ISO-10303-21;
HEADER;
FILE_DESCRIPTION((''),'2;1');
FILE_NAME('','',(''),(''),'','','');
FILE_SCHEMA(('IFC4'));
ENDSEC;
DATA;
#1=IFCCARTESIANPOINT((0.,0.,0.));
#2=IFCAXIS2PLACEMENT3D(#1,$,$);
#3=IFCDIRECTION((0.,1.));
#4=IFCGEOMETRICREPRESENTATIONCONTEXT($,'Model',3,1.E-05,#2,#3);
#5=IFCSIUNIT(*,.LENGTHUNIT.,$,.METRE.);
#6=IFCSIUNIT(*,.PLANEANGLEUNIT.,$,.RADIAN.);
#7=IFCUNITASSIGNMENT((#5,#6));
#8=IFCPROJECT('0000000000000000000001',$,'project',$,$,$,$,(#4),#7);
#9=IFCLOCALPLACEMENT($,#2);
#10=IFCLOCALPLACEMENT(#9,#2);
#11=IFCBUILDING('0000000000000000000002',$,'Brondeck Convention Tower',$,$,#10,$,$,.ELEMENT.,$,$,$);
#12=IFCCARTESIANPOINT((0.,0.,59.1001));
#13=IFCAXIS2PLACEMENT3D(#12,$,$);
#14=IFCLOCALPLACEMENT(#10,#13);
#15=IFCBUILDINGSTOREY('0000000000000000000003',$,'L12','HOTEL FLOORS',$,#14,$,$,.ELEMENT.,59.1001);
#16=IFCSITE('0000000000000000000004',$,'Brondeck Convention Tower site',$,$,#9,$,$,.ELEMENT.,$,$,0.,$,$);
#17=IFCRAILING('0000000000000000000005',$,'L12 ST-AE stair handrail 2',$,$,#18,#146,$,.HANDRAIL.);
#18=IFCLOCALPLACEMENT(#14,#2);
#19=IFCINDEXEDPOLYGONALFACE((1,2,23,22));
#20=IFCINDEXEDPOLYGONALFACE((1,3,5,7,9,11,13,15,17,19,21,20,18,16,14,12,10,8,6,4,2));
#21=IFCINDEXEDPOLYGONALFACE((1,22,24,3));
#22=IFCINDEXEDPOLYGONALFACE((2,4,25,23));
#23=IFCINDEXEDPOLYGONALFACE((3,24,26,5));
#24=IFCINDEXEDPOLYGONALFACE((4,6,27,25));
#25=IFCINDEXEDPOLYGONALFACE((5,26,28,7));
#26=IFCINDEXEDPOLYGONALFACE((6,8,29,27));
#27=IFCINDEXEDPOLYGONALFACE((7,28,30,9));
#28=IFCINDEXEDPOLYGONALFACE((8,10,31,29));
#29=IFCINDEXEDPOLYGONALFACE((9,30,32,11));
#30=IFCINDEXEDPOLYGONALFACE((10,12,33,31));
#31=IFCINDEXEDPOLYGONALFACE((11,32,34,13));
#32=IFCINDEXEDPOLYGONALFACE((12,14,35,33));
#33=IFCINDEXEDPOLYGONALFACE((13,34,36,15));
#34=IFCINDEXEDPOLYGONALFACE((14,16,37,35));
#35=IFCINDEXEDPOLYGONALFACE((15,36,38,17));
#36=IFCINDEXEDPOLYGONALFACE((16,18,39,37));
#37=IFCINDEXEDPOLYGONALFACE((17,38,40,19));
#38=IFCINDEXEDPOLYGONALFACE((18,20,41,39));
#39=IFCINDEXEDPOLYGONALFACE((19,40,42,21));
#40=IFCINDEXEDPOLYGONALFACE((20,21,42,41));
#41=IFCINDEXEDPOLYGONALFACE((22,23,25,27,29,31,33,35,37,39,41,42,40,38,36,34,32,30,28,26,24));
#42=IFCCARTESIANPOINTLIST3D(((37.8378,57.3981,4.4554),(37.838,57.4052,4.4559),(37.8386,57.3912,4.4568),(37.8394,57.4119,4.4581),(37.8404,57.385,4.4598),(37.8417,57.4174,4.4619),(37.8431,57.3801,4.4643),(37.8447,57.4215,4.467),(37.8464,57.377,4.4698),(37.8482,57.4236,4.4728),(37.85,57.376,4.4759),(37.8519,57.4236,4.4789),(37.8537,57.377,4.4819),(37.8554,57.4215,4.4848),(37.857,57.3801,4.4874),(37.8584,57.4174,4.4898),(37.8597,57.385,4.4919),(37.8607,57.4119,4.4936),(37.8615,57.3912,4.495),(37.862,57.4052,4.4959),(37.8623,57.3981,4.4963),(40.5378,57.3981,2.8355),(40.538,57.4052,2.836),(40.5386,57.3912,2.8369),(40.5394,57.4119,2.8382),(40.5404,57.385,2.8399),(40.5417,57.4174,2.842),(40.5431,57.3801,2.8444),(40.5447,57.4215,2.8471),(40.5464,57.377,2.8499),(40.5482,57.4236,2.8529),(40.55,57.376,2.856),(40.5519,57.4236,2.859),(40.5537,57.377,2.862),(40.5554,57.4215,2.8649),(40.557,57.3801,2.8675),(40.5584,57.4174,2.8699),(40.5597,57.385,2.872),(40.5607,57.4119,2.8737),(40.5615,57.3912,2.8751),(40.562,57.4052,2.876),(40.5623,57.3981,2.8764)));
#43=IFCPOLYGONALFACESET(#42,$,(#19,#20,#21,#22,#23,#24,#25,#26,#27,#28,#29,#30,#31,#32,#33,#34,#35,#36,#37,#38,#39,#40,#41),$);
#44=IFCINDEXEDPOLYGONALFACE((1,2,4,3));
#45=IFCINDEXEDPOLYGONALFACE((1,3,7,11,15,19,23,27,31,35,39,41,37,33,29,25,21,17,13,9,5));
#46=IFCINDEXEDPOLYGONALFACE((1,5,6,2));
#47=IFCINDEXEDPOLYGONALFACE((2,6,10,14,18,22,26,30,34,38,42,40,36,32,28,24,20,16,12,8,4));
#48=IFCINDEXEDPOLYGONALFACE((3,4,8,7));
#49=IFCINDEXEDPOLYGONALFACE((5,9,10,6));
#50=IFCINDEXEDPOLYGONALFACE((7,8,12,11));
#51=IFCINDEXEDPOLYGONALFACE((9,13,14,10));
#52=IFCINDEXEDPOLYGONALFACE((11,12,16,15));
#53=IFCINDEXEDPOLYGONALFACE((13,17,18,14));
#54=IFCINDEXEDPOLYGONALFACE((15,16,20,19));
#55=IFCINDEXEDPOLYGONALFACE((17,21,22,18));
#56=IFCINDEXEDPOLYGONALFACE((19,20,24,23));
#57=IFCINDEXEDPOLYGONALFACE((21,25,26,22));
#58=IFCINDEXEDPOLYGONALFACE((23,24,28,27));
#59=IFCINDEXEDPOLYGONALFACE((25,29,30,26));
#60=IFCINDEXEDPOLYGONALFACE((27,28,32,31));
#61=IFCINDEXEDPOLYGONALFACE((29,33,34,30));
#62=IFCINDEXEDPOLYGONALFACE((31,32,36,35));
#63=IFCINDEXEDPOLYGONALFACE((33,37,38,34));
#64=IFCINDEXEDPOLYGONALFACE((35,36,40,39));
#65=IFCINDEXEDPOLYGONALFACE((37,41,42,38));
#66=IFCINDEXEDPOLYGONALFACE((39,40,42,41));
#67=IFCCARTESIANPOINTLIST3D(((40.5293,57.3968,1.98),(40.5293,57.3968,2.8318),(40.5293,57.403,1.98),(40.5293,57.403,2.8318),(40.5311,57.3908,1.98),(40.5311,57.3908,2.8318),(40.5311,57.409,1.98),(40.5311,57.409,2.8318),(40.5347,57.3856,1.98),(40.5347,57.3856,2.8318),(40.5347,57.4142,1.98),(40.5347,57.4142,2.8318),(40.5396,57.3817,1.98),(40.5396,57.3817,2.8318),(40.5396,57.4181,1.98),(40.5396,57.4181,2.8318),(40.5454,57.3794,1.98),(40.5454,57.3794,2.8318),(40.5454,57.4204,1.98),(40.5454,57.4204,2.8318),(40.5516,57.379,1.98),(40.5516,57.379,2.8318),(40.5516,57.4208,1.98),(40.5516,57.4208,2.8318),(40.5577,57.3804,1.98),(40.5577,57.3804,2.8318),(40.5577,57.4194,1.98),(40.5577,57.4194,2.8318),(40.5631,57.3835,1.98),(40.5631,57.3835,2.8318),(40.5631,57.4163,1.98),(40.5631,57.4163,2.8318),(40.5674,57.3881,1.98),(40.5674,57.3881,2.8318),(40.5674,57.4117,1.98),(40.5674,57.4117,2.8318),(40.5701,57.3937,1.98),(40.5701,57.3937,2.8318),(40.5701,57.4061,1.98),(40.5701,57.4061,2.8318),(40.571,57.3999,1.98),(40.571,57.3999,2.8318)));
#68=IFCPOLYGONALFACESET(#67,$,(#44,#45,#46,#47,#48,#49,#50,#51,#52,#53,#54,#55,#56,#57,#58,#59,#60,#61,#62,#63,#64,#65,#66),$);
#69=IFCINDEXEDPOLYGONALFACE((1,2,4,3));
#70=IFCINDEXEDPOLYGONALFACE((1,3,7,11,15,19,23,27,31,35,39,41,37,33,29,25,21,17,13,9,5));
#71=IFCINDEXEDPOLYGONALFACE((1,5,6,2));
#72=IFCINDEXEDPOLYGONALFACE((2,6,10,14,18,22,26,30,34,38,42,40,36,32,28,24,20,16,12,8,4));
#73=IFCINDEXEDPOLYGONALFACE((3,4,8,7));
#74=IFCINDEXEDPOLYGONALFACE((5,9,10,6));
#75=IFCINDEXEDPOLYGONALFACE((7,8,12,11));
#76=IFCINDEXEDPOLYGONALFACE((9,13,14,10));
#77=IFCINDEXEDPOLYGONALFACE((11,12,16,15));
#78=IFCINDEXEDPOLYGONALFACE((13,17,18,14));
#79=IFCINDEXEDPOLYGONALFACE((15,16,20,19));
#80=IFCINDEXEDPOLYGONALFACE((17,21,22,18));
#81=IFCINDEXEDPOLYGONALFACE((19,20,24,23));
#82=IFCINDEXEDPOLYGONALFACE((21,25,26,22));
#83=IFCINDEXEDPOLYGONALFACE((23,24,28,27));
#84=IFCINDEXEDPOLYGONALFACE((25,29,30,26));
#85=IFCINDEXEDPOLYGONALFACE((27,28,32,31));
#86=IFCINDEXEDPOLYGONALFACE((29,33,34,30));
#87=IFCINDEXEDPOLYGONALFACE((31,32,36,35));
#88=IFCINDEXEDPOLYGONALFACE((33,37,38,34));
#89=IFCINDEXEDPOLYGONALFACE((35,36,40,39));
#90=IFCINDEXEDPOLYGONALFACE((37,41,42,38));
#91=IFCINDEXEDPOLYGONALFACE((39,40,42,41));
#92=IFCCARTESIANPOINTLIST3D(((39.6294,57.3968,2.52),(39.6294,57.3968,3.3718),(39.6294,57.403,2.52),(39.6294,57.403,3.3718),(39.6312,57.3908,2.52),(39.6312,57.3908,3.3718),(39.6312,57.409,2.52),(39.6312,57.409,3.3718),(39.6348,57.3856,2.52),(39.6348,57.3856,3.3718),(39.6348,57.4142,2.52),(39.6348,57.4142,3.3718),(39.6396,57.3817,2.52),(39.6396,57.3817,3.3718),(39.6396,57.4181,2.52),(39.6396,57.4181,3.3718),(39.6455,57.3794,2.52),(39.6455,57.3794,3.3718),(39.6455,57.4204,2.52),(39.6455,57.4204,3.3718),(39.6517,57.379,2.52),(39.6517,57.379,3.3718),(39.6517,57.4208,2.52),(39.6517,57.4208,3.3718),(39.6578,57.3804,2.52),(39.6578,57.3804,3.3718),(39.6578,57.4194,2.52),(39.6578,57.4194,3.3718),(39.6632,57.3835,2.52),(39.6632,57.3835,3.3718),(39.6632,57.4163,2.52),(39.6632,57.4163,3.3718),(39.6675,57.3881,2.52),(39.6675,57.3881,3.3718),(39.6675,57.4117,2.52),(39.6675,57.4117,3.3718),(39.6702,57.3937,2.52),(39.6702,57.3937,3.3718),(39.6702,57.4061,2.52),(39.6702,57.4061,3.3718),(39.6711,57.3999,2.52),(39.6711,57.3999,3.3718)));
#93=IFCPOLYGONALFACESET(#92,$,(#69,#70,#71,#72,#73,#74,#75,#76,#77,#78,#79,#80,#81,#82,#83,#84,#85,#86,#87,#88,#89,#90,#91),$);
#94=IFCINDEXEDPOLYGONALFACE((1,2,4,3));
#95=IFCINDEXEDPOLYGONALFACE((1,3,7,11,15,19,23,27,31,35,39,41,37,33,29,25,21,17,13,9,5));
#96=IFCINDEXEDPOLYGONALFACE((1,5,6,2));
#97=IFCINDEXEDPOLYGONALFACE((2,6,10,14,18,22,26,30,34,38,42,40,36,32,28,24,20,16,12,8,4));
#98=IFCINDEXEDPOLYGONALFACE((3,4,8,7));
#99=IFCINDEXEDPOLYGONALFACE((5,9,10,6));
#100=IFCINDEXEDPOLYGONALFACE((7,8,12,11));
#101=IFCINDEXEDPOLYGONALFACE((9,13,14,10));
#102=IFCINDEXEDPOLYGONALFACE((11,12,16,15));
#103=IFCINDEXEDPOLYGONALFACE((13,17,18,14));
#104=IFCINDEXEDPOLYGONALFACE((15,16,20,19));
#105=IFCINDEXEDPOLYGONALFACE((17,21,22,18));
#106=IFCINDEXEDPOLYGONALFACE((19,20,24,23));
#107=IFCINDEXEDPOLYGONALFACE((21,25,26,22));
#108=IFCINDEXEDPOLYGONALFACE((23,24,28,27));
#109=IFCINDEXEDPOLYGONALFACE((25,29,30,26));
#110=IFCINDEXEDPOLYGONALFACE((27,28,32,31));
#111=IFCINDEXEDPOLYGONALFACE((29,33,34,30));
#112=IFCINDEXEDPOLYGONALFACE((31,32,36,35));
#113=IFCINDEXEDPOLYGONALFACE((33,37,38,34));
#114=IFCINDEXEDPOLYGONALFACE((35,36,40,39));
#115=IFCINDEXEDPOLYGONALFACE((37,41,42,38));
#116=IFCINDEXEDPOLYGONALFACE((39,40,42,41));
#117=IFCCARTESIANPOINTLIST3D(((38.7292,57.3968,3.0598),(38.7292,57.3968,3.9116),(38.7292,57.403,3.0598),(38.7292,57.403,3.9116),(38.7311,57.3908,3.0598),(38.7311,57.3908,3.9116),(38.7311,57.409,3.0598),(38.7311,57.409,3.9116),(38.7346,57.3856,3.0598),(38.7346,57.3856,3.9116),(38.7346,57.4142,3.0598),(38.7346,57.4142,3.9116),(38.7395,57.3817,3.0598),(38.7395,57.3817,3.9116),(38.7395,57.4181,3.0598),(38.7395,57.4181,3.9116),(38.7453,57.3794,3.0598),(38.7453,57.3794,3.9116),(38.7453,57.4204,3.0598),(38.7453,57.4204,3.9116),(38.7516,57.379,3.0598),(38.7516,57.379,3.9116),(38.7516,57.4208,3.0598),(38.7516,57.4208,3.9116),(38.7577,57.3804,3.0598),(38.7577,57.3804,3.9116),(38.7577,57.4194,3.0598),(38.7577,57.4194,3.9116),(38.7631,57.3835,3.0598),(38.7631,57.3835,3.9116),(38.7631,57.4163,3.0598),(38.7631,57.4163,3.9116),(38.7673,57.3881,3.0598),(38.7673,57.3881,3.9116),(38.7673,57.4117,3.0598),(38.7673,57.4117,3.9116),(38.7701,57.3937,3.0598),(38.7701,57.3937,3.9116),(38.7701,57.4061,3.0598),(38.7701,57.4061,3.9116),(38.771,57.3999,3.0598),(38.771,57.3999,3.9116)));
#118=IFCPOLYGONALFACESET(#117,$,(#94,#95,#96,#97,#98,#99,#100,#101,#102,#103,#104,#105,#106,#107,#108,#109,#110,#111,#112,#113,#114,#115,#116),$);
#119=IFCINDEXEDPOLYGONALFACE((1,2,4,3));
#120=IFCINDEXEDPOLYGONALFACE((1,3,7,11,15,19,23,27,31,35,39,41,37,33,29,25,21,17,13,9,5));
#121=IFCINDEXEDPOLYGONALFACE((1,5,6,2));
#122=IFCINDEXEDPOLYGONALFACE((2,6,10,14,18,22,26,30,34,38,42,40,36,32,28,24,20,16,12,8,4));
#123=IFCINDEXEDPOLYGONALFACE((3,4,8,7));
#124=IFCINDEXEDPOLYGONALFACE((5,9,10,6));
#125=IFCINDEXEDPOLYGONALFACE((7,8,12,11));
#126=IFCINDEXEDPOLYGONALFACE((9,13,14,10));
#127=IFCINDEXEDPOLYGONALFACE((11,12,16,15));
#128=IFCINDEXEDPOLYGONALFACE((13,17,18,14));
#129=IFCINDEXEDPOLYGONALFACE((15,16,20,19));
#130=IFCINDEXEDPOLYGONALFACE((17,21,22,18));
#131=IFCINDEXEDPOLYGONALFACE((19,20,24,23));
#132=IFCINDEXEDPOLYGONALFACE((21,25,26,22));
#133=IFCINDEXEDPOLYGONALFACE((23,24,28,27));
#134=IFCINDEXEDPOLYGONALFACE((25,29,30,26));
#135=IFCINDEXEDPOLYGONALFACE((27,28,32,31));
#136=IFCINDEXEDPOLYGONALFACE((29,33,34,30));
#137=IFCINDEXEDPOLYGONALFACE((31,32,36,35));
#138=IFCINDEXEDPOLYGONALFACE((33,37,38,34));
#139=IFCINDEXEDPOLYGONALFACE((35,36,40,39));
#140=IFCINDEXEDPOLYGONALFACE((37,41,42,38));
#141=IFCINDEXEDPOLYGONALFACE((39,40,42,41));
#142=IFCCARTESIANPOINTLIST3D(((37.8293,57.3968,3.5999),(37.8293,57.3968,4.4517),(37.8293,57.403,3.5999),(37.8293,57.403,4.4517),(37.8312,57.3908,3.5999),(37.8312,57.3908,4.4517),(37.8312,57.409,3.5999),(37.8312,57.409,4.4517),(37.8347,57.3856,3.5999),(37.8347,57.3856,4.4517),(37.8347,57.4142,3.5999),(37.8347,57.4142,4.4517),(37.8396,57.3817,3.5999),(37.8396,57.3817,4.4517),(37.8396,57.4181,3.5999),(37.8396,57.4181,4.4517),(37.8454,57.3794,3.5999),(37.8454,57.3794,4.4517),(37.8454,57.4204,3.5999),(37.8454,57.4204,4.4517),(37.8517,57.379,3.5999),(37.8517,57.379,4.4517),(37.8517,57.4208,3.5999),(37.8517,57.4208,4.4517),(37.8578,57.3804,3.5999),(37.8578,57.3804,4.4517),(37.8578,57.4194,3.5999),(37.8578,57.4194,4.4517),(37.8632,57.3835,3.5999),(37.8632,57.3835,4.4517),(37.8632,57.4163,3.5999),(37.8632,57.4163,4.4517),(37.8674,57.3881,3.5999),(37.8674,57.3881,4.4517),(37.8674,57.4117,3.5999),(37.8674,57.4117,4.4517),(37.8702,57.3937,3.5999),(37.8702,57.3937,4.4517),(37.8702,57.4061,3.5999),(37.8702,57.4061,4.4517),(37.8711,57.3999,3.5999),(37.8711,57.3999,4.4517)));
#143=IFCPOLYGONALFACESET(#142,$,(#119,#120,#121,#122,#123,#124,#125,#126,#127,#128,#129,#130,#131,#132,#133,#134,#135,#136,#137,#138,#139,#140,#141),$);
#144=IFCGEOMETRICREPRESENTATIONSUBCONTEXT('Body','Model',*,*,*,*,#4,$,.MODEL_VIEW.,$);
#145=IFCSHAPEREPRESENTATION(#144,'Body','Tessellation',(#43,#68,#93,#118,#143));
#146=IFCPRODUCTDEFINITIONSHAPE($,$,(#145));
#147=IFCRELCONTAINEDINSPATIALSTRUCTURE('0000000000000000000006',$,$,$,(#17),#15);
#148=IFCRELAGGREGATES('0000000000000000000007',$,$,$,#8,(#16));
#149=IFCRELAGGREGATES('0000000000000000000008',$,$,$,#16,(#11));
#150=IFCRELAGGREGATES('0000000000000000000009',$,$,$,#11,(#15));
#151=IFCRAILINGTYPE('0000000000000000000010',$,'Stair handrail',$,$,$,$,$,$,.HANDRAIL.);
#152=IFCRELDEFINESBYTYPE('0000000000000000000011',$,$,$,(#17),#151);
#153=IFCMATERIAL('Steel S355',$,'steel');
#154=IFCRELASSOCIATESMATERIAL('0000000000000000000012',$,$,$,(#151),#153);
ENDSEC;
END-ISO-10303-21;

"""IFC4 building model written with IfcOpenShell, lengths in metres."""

from ifc_helpers import new_model, si_unit, direction, frame, origin, origin_2d, place, context, subcontext, project, spatial, circle, extrude, material, type_object, element, save


model = new_model("IFC4")

# Units and contexts
model_context = context("Model", 3, precision=1e-05, world=origin(), true_north=direction((0.0, 1.0)))
body_context = subcontext(model_context, "Body", "Model", "MODEL_VIEW")
ifc_project = project(units=[si_unit("LENGTHUNIT", "METRE"), si_unit("PLANEANGLEUNIT", "RADIAN")], contexts=[model_context])

# Site, building, storey
site_placement = place(None, origin())
site = spatial("IfcSite", under=ifc_project, at=site_placement, Name="Brondeck Convention Tower site", CompositionType="ELEMENT", RefElevation=0.0)
building_placement = place(site_placement, origin())
building = spatial("IfcBuilding", under=site, at=building_placement, Name="Brondeck Convention Tower", CompositionType="ELEMENT")
storey_placement = place(building_placement, frame((0.0, 0.0, 59.1001)))
storey = spatial("IfcBuildingStorey", under=building, at=storey_placement, Name="L12", Description="HOTEL FLOORS", CompositionType="ELEMENT", Elevation=59.1001)

# Railing
ifc_material_1 = material(Name="Steel S355", Category="steel")
railing_type_1 = type_object("IfcRailingType", Name="Stair handrail", PredefinedType="HANDRAIL", material=ifc_material_1)
railing_1_placement = place(storey_placement, frame((40.55, 57.3999, 1.98)))
element("IfcRailing", 1, at=railing_1_placement, inside=storey, type_object=railing_type_1, Name="L12 ST-AE stair handrail 2", PredefinedType="HANDRAIL", context=body_context, shape_type="SweptSolid", body=[
    extrude(circle(Radius=0.0239, at=origin_2d()), frame((0.0, 0.0, 0.876), z_axis=(-0.857507, 0.0, 0.514473), x_axis=(0.0, -1.0, 0.0)), (0.0, 0.0, 1.0), 3.1487),
    extrude(circle(Radius=0.021, at=origin_2d()), origin(), (0.0, 0.0, 1.0), 0.8518),
    extrude(circle(Radius=0.021, at=origin_2d()), frame((-0.8999, 0.0, 0.54)), (0.0, 0.0, 1.0), 0.8518),
    extrude(circle(Radius=0.021, at=origin_2d()), frame((-1.8, 0.0, 1.0798)), (0.0, 0.0, 1.0), 0.8518),
    extrude(circle(Radius=0.021, at=origin_2d()), frame((-2.7, 0.0, 1.6199)), (0.0, 0.0, 1.0), 0.8518),
])

save(model, "model.ifc")
